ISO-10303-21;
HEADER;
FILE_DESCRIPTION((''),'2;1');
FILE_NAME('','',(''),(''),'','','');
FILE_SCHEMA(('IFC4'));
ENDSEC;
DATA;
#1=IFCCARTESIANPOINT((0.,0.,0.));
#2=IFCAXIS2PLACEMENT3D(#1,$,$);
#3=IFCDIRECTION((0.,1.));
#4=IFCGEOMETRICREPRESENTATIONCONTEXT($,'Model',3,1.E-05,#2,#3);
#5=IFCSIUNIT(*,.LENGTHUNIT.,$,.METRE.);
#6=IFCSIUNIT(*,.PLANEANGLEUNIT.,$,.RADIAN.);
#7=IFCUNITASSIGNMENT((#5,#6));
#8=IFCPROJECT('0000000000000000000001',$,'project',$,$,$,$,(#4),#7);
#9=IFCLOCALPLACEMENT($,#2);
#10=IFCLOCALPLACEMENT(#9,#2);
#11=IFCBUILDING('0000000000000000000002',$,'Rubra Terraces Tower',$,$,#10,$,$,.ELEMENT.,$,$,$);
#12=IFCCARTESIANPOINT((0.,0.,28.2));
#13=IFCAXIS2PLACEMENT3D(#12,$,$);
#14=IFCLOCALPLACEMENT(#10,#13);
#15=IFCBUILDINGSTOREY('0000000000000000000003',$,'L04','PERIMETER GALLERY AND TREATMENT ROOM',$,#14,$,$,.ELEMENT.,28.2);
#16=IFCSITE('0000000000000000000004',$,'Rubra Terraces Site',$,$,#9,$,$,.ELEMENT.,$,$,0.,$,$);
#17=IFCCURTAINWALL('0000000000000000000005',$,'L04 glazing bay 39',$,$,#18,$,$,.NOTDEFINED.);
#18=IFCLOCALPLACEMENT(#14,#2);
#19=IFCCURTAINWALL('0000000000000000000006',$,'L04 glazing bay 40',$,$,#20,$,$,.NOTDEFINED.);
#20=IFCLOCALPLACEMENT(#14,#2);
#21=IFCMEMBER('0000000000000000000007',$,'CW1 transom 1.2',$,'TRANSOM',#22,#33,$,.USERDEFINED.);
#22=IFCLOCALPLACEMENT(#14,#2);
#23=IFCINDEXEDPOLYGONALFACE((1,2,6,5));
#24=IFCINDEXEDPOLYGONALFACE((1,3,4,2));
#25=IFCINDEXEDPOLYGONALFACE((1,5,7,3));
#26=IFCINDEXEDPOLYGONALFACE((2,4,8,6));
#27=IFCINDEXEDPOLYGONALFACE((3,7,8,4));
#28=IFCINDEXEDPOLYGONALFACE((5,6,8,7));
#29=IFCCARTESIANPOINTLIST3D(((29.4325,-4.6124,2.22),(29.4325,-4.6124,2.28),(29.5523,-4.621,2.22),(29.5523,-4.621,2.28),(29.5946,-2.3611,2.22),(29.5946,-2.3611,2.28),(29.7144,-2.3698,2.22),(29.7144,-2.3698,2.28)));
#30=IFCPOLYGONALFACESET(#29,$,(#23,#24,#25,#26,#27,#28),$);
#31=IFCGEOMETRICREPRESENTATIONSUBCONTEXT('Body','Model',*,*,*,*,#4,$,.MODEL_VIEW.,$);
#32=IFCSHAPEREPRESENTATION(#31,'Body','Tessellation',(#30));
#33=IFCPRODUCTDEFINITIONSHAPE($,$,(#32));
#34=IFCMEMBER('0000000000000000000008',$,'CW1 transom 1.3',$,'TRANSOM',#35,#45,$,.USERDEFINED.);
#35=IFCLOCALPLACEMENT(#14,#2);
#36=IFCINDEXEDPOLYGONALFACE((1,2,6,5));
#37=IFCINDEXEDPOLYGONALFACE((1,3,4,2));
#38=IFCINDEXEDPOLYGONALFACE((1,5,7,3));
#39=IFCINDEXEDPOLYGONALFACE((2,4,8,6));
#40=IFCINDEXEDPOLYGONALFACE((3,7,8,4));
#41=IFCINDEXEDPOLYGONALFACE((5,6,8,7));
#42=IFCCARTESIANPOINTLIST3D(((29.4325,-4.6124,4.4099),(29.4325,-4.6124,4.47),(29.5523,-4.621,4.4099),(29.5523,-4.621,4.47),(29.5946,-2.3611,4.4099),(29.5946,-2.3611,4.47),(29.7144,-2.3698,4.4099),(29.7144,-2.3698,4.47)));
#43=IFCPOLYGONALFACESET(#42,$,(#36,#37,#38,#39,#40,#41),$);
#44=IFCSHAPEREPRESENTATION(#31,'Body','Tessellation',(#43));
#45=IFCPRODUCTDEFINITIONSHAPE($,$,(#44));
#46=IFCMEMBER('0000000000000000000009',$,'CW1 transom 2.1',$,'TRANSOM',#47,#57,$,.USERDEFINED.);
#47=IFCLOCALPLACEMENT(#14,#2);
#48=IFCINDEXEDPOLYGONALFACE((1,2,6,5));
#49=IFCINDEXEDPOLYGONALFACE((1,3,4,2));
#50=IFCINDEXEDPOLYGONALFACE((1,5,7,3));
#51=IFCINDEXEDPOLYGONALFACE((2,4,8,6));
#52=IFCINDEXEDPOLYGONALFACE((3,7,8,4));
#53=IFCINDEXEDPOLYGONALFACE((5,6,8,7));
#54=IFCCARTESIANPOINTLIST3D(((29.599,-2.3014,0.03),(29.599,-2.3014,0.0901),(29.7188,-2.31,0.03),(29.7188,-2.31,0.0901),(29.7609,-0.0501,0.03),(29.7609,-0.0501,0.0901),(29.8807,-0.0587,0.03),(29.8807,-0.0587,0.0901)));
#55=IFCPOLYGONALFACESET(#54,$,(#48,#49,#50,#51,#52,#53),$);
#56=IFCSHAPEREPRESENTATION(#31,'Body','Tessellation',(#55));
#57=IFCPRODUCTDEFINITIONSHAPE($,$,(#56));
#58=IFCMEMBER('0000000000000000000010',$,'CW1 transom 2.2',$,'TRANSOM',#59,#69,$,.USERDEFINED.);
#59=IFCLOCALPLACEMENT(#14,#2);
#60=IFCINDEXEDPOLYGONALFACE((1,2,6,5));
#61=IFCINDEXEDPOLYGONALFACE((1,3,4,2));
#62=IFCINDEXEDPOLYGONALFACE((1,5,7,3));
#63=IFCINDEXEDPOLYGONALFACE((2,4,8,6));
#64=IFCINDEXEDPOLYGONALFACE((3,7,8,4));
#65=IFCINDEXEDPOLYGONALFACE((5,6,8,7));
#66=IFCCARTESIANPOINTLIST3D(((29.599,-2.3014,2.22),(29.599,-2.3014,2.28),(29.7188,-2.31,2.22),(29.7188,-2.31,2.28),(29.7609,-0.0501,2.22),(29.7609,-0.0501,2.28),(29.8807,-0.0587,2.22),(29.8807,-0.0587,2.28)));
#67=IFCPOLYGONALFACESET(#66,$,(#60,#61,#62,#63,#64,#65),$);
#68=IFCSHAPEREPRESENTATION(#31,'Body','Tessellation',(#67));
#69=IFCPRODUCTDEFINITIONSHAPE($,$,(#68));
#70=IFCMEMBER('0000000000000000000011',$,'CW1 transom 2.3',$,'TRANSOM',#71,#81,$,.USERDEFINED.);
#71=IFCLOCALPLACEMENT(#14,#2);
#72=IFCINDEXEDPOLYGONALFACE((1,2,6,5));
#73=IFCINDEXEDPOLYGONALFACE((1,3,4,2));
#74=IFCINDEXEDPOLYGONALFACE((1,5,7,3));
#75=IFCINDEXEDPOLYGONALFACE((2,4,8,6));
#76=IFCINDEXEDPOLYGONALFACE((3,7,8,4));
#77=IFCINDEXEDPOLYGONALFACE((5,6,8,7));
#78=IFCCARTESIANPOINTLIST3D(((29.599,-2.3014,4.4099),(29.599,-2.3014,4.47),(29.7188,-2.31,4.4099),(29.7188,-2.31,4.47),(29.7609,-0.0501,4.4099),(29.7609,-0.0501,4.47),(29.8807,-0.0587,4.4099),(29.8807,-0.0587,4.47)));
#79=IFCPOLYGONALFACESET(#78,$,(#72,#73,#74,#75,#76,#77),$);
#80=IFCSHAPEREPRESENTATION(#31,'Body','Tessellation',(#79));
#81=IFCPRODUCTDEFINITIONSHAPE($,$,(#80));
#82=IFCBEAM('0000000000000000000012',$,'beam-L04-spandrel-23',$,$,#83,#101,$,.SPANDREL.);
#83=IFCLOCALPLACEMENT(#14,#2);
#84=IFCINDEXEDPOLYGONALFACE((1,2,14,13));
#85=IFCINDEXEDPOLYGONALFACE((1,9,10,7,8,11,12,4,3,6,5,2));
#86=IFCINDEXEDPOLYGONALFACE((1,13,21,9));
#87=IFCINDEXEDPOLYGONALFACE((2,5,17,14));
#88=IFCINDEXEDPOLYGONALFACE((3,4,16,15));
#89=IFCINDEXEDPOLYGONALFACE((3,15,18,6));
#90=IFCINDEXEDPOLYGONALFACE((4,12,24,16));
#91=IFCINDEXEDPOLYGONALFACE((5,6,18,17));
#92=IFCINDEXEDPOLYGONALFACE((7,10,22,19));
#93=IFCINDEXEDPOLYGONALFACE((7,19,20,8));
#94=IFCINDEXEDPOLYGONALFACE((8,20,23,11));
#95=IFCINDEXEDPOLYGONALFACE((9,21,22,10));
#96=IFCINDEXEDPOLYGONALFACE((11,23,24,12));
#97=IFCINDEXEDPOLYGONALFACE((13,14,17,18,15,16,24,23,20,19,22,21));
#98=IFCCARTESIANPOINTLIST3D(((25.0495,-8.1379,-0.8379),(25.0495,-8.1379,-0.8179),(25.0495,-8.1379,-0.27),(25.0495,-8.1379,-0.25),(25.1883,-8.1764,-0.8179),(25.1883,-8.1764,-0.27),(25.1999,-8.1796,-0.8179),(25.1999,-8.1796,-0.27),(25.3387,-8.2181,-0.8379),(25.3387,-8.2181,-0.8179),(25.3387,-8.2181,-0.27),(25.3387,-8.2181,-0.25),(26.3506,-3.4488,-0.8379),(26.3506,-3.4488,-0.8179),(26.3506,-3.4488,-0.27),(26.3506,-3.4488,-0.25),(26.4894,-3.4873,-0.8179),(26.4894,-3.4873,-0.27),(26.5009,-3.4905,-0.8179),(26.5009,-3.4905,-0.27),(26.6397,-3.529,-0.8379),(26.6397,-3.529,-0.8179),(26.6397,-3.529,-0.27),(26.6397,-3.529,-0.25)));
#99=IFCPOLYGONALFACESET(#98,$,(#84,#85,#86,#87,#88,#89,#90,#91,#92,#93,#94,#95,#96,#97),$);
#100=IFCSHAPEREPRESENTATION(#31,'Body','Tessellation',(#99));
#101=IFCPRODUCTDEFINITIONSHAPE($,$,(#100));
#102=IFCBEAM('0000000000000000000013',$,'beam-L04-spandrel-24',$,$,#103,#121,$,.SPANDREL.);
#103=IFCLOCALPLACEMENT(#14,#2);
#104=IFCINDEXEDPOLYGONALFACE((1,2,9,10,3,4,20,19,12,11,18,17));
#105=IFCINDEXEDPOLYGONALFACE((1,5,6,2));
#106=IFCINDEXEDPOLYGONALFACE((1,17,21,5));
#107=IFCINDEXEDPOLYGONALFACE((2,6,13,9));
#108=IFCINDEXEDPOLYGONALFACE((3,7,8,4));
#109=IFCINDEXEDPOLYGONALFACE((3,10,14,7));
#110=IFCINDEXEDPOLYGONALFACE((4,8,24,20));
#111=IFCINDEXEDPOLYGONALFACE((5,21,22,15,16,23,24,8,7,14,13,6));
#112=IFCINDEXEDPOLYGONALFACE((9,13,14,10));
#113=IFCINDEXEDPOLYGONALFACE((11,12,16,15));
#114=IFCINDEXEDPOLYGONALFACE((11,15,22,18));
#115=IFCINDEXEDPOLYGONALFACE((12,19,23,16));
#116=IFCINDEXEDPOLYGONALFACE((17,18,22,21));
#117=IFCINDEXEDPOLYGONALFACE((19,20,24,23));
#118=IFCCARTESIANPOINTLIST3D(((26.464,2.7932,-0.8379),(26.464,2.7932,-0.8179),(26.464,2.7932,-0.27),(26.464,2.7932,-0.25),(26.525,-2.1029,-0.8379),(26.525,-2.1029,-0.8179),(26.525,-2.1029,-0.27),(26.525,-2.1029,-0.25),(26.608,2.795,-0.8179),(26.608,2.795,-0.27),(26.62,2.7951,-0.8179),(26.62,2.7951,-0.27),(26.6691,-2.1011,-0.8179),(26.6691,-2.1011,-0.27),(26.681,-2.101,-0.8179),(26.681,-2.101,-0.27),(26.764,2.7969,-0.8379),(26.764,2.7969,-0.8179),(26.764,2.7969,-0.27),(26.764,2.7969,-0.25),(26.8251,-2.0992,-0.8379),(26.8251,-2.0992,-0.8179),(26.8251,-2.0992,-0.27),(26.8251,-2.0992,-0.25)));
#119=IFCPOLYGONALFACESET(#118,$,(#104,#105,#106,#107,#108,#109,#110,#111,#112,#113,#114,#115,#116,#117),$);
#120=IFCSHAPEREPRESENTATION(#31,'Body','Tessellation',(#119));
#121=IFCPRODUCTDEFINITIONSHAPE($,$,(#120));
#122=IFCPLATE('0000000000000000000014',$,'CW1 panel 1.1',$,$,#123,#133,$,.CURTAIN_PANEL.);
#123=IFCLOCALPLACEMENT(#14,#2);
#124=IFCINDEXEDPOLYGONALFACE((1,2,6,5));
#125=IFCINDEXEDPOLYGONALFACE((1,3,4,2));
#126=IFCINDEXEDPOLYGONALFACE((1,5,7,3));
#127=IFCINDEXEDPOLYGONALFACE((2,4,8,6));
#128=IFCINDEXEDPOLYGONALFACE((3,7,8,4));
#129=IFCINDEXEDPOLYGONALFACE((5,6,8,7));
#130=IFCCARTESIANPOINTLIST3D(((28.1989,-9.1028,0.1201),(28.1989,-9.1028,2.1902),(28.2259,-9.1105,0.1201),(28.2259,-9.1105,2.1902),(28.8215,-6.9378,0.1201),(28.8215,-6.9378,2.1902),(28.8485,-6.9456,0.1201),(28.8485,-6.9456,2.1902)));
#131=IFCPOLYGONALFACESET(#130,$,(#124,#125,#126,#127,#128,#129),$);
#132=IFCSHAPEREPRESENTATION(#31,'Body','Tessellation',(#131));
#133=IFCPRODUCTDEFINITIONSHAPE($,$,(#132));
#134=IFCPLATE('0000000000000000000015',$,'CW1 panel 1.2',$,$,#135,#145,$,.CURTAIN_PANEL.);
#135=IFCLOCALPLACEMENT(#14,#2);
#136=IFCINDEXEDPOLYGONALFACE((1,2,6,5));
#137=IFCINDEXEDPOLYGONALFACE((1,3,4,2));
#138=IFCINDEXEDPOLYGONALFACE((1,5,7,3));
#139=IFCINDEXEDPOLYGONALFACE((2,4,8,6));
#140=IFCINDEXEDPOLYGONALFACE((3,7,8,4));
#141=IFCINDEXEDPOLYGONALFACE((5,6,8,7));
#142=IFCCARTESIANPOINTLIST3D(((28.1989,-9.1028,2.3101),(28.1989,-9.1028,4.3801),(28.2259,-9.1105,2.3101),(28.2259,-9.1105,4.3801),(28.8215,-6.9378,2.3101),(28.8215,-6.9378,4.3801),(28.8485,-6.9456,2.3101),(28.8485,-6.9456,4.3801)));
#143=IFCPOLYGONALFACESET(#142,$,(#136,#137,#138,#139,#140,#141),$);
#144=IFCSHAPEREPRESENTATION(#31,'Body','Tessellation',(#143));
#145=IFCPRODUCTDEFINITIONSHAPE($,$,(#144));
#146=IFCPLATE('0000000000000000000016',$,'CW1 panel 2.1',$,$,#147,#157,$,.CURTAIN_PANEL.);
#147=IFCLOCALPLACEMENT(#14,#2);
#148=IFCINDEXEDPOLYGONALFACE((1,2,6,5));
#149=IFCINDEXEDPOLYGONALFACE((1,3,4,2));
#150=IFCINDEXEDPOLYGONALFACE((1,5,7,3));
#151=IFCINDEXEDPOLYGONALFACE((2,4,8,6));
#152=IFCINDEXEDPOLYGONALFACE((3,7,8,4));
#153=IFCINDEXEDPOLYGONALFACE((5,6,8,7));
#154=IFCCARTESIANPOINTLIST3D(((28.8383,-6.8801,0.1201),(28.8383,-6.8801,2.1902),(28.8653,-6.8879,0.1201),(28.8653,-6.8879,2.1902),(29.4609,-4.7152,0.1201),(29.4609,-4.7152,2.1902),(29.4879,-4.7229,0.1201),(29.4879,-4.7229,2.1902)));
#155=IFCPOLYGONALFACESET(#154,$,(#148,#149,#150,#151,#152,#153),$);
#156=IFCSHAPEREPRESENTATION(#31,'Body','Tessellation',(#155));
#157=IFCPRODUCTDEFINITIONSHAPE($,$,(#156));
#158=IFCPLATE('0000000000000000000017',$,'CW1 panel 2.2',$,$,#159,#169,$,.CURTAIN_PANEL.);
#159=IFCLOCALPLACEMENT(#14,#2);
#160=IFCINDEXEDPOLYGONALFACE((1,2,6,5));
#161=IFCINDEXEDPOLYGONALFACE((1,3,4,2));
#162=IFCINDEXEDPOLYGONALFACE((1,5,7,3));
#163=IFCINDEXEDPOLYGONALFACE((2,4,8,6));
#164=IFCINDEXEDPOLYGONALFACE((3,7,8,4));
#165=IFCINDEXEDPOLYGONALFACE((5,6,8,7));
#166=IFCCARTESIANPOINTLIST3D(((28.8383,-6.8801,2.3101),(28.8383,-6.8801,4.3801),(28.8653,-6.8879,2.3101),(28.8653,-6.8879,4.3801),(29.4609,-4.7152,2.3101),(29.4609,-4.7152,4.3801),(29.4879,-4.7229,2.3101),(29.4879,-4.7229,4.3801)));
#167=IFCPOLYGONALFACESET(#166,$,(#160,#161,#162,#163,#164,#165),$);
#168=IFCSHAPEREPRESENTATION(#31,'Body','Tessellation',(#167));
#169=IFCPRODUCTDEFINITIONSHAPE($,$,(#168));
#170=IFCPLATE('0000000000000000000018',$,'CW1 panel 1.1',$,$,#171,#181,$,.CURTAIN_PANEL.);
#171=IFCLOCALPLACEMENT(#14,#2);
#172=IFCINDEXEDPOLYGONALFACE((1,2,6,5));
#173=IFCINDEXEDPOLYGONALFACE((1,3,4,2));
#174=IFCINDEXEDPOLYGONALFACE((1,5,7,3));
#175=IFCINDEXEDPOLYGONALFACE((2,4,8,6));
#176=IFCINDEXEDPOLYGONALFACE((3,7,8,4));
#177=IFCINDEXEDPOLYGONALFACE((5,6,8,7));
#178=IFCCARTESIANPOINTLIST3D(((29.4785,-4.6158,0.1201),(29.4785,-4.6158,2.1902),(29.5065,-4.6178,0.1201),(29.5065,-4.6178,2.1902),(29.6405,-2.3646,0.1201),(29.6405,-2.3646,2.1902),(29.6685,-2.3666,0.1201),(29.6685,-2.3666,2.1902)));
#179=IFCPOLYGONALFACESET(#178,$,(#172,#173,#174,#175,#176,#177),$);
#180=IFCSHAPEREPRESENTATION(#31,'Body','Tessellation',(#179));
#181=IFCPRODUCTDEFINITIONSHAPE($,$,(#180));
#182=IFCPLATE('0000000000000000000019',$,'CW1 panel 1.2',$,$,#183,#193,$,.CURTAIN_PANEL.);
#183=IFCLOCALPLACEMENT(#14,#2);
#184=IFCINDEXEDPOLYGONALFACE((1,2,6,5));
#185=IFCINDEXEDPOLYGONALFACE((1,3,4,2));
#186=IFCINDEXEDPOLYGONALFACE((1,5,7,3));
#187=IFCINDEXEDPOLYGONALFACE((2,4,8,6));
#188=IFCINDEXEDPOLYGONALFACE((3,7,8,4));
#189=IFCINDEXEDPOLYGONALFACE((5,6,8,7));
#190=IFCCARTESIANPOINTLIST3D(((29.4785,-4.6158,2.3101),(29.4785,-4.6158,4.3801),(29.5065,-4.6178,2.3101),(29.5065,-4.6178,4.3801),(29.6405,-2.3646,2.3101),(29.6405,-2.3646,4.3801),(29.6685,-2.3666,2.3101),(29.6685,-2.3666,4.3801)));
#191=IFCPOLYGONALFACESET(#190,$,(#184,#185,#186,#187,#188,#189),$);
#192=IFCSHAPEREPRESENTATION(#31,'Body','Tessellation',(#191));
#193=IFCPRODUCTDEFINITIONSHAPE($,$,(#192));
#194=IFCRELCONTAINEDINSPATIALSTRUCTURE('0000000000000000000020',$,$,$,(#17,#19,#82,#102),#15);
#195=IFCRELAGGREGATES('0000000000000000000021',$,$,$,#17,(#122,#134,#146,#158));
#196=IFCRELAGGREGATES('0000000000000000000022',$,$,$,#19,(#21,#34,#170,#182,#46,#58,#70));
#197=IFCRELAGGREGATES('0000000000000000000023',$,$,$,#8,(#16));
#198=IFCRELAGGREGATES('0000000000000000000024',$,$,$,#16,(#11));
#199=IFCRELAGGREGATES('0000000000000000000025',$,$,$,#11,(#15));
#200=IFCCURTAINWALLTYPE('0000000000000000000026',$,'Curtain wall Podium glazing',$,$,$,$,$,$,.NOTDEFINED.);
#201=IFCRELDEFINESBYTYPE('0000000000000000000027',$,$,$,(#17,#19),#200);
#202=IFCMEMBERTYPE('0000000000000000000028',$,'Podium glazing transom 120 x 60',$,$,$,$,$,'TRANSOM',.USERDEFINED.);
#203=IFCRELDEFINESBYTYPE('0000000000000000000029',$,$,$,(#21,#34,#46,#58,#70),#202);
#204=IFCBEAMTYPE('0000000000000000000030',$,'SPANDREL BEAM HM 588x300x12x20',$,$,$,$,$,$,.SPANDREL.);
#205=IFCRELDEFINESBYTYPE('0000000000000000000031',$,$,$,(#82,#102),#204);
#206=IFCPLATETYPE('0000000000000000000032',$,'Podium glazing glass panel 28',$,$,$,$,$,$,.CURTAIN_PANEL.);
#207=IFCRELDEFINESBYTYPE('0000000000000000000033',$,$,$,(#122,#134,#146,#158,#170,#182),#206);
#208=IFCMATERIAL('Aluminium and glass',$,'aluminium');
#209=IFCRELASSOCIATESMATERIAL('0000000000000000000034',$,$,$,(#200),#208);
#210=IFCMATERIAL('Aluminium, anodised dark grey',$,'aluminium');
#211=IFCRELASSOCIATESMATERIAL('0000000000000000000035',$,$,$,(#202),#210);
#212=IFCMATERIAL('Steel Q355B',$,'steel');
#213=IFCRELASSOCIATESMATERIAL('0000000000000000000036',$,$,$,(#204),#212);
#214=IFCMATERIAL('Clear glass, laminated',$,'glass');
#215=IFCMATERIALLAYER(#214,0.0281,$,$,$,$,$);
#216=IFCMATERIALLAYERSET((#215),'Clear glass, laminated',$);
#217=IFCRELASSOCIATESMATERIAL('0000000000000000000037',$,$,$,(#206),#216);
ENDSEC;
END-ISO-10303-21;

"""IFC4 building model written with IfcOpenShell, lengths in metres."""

from ifc_helpers import new_model, si_unit, direction, frame, origin, origin_2d, place, context, subcontext, project, spatial, rectangle, i_section, extrude, material, layer, layer_set, material_profile, profile_set, type_object, element, aggregate, save


model = new_model("IFC4")

# Units and contexts
model_context = context("Model", 3, precision=1e-05, world=origin(), true_north=direction((0.0, 1.0)))
body_context = subcontext(model_context, "Body", "Model", "MODEL_VIEW")
ifc_project = project(units=[si_unit("LENGTHUNIT", "METRE"), si_unit("PLANEANGLEUNIT", "RADIAN")], contexts=[model_context])

# Site, building, storey
site_placement = place(None, origin())
site = spatial("IfcSite", under=ifc_project, at=site_placement, Name="Rubra Terraces Site", CompositionType="ELEMENT", RefElevation=0.0)
building_placement = place(site_placement, origin())
building = spatial("IfcBuilding", under=site, at=building_placement, Name="Rubra Terraces Tower", CompositionType="ELEMENT")
storey_placement = place(building_placement, frame((0.0, 0.0, 28.2)))
storey = spatial("IfcBuildingStorey", under=building, at=storey_placement, Name="L04", Description="PERIMETER GALLERY AND TREATMENT ROOM", CompositionType="ELEMENT", Elevation=28.2)

# Shared definitions
ifc_material_1 = material(Name="Steel Q355B", Category="steel")

# Curtain wall
ifc_material_2 = material(Name="Aluminium and glass", Category="aluminium")
curtain_wall_type = type_object("IfcCurtainWallType", Name="Curtain wall Podium glazing", PredefinedType="NOTDEFINED", material=ifc_material_2)
curtain_wall_1_placement = place(storey_placement, origin())
curtain_wall_1 = element("IfcCurtainWall", 1, at=curtain_wall_1_placement, inside=storey, type_object=curtain_wall_type, Name="L04 glazing bay 39", PredefinedType="NOTDEFINED")
ifc_material_3 = material(Name="Aluminium, anodised dark grey", Category="aluminium")

# Curtain wall
curtain_wall_2_placement = place(storey_placement, origin())
curtain_wall_2 = element("IfcCurtainWall", 2, at=curtain_wall_2_placement, inside=storey, type_object=curtain_wall_type, Name="L04 glazing bay 40", PredefinedType="NOTDEFINED")

# Members
ifc_material_profile_1 = material_profile(ifc_material_3, rectangle(XDim=0.1201, YDim=0.0601, at=origin_2d()), Name="AL 120x60")
ifc_profile_set_1 = profile_set([ifc_material_profile_1], Name="Aluminium, anodised dark grey")
member_type_1 = type_object("IfcMemberType", Name="Podium glazing transom 120 x 60", ElementType="TRANSOM", PredefinedType="USERDEFINED", material=ifc_profile_set_1)
member_1_placement = place(storey_placement, frame((29.4924, -4.6167, 2.25), z_axis=(0.071824, 0.997417, 0.0), x_axis=(-0.997417, 0.071824, 0.0)))
member_1 = element("IfcMember", 3, at=member_1_placement, type_object=member_type_1, Name="CW1 transom 1.2", ObjectType="TRANSOM", PredefinedType="USERDEFINED", context=body_context, shape_type="SweptSolid", body=[
    extrude(rectangle(XDim=0.1201, YDim=0.0601, at=origin_2d()), origin(), (0.0, 0.0, 1.0), 2.2571),
])
member_2_placement = place(storey_placement, frame((29.4924, -4.6167, 4.4399), z_axis=(0.071824, 0.997417, 0.0), x_axis=(-0.997417, 0.071824, 0.0)))
member_2 = element("IfcMember", 4, at=member_2_placement, type_object=member_type_1, Name="CW1 transom 1.3", ObjectType="TRANSOM", PredefinedType="USERDEFINED", context=body_context, shape_type="SweptSolid", body=[
    extrude(rectangle(XDim=0.1201, YDim=0.0601, at=origin_2d()), origin(), (0.0, 0.0, 1.0), 2.2571),
])
member_3_placement = place(storey_placement, frame((29.6589, -2.3057, 0.0601), z_axis=(0.071716, 0.997425, 0.0), x_axis=(-0.997425, 0.071716, 0.0)))
member_3 = element("IfcMember", 5, at=member_3_placement, type_object=member_type_1, Name="CW1 transom 2.1", ObjectType="TRANSOM", PredefinedType="USERDEFINED", context=body_context, shape_type="SweptSolid", body=[
    extrude(rectangle(XDim=0.1201, YDim=0.0601, at=origin_2d()), origin(), (0.0, 0.0, 1.0), 2.2571),
])
member_4_placement = place(storey_placement, frame((29.6589, -2.3057, 2.25), z_axis=(0.071716, 0.997425, 0.0), x_axis=(-0.997425, 0.071716, 0.0)))
member_4 = element("IfcMember", 6, at=member_4_placement, type_object=member_type_1, Name="CW1 transom 2.2", ObjectType="TRANSOM", PredefinedType="USERDEFINED", context=body_context, shape_type="SweptSolid", body=[
    extrude(rectangle(XDim=0.1201, YDim=0.0601, at=origin_2d()), origin(), (0.0, 0.0, 1.0), 2.2571),
])
member_5_placement = place(storey_placement, frame((29.6589, -2.3057, 4.4399), z_axis=(0.071716, 0.997425, 0.0), x_axis=(-0.997425, 0.071716, 0.0)))
member_5 = element("IfcMember", 7, at=member_5_placement, type_object=member_type_1, Name="CW1 transom 2.3", ObjectType="TRANSOM", PredefinedType="USERDEFINED", context=body_context, shape_type="SweptSolid", body=[
    extrude(rectangle(XDim=0.1201, YDim=0.0601, at=origin_2d()), origin(), (0.0, 0.0, 1.0), 2.2571),
])

# Beams
ifc_material_profile_2 = material_profile(ifc_material_1, i_section(OverallWidth=0.3, OverallDepth=0.5879, WebThickness=0.012, FlangeThickness=0.02, at=origin_2d()), Name="HM 588x300x12x20")
ifc_profile_set_2 = profile_set([ifc_material_profile_2], Name="Steel Q355B")
beam_type_1 = type_object("IfcBeamType", Name="SPANDREL BEAM HM 588x300x12x20", PredefinedType="SPANDREL", material=ifc_profile_set_2)
beam_1_placement = place(storey_placement, frame((25.1941, -8.178, -0.5439), z_axis=(0.267364, 0.963595, 0.0), x_axis=(-0.963595, 0.267364, 0.0)))
element("IfcBeam", 8, at=beam_1_placement, inside=storey, type_object=beam_type_1, Name="beam-L04-spandrel-23", PredefinedType="SPANDREL", context=body_context, shape_type="SweptSolid", body=[
    extrude(i_section(OverallWidth=0.3, OverallDepth=0.5879, WebThickness=0.012, FlangeThickness=0.02, at=origin_2d()), origin(), (0.0, 0.0, 1.0), 4.8662),
])
beam_2_placement = place(storey_placement, frame((26.675, -2.1011, -0.5439), z_axis=(-0.012465, 0.999922, 0.0), x_axis=(-0.999922, -0.012465, 0.0)))
element("IfcBeam", 9, at=beam_2_placement, inside=storey, type_object=beam_type_1, Name="beam-L04-spandrel-24", PredefinedType="SPANDREL", context=body_context, shape_type="SweptSolid", body=[
    extrude(i_section(OverallWidth=0.3, OverallDepth=0.5879, WebThickness=0.012, FlangeThickness=0.02, at=origin_2d()), origin(), (0.0, 0.0, 1.0), 4.8965),
])

# Plates
ifc_material_4 = material(Name="Clear glass, laminated", Category="glass")
ifc_layer_1 = layer(ifc_material_4, 0.0281)
ifc_layer_set_1 = layer_set([ifc_layer_1], Name="Clear glass, laminated")
plate_type = type_object("IfcPlateType", Name="Podium glazing glass panel 28", PredefinedType="CURTAIN_PANEL", material=ifc_layer_set_1)
plate_1_placement = place(storey_placement, frame((28.5237, -8.0242, 0.1201), z_axis=(0.0, 0.0, 1.0), x_axis=(0.276384, 0.961047, 0.0)))
plate_1 = element("IfcPlate", 10, at=plate_1_placement, type_object=plate_type, Name="CW1 panel 1.1", PredefinedType="CURTAIN_PANEL", context=body_context, shape_type="SweptSolid", body=[
    extrude(rectangle(XDim=2.2527, YDim=0.0281, at=origin_2d()), origin(), (0.0, 0.0, 1.0), 2.0701),
])
plate_2_placement = place(storey_placement, frame((28.5237, -8.0242, 2.3101), z_axis=(0.0, 0.0, 1.0), x_axis=(0.276384, 0.961047, 0.0)))
plate_2 = element("IfcPlate", 11, at=plate_2_placement, type_object=plate_type, Name="CW1 panel 1.2", PredefinedType="CURTAIN_PANEL", context=body_context, shape_type="SweptSolid", body=[
    extrude(rectangle(XDim=2.2527, YDim=0.0281, at=origin_2d()), origin(), (0.0, 0.0, 1.0), 2.0701),
])
plate_3_placement = place(storey_placement, frame((29.1631, -5.8015, 0.1201), z_axis=(0.0, 0.0, 1.0), x_axis=(0.276384, 0.961047, 0.0)))
plate_3 = element("IfcPlate", 12, at=plate_3_placement, type_object=plate_type, Name="CW1 panel 2.1", PredefinedType="CURTAIN_PANEL", context=body_context, shape_type="SweptSolid", body=[
    extrude(rectangle(XDim=2.2527, YDim=0.0281, at=origin_2d()), origin(), (0.0, 0.0, 1.0), 2.0701),
])
plate_4_placement = place(storey_placement, frame((29.1631, -5.8015, 2.3101), z_axis=(0.0, 0.0, 1.0), x_axis=(0.276384, 0.961047, 0.0)))
plate_4 = element("IfcPlate", 13, at=plate_4_placement, type_object=plate_type, Name="CW1 panel 2.2", PredefinedType="CURTAIN_PANEL", context=body_context, shape_type="SweptSolid", body=[
    extrude(rectangle(XDim=2.2527, YDim=0.0281, at=origin_2d()), origin(), (0.0, 0.0, 1.0), 2.0701),
])
aggregate(curtain_wall_1, [plate_1, plate_2, plate_3, plate_4])
plate_5_placement = place(storey_placement, frame((29.5735, -3.4912, 0.1201), z_axis=(0.0, 0.0, 1.0), x_axis=(0.071792, 0.99742, 0.0)))
plate_5 = element("IfcPlate", 14, at=plate_5_placement, type_object=plate_type, Name="CW1 panel 1.1", PredefinedType="CURTAIN_PANEL", context=body_context, shape_type="SweptSolid", body=[
    extrude(rectangle(XDim=2.2571, YDim=0.0281, at=origin_2d()), origin(), (0.0, 0.0, 1.0), 2.0701),
])
plate_6_placement = place(storey_placement, frame((29.5735, -3.4912, 2.3101), z_axis=(0.0, 0.0, 1.0), x_axis=(0.071792, 0.99742, 0.0)))
plate_6 = element("IfcPlate", 15, at=plate_6_placement, type_object=plate_type, Name="CW1 panel 1.2", PredefinedType="CURTAIN_PANEL", context=body_context, shape_type="SweptSolid", body=[
    extrude(rectangle(XDim=2.2571, YDim=0.0281, at=origin_2d()), origin(), (0.0, 0.0, 1.0), 2.0701),
])
aggregate(curtain_wall_2, [member_1, member_2, plate_5, plate_6, member_3, member_4, member_5])

save(model, "model.ifc")
